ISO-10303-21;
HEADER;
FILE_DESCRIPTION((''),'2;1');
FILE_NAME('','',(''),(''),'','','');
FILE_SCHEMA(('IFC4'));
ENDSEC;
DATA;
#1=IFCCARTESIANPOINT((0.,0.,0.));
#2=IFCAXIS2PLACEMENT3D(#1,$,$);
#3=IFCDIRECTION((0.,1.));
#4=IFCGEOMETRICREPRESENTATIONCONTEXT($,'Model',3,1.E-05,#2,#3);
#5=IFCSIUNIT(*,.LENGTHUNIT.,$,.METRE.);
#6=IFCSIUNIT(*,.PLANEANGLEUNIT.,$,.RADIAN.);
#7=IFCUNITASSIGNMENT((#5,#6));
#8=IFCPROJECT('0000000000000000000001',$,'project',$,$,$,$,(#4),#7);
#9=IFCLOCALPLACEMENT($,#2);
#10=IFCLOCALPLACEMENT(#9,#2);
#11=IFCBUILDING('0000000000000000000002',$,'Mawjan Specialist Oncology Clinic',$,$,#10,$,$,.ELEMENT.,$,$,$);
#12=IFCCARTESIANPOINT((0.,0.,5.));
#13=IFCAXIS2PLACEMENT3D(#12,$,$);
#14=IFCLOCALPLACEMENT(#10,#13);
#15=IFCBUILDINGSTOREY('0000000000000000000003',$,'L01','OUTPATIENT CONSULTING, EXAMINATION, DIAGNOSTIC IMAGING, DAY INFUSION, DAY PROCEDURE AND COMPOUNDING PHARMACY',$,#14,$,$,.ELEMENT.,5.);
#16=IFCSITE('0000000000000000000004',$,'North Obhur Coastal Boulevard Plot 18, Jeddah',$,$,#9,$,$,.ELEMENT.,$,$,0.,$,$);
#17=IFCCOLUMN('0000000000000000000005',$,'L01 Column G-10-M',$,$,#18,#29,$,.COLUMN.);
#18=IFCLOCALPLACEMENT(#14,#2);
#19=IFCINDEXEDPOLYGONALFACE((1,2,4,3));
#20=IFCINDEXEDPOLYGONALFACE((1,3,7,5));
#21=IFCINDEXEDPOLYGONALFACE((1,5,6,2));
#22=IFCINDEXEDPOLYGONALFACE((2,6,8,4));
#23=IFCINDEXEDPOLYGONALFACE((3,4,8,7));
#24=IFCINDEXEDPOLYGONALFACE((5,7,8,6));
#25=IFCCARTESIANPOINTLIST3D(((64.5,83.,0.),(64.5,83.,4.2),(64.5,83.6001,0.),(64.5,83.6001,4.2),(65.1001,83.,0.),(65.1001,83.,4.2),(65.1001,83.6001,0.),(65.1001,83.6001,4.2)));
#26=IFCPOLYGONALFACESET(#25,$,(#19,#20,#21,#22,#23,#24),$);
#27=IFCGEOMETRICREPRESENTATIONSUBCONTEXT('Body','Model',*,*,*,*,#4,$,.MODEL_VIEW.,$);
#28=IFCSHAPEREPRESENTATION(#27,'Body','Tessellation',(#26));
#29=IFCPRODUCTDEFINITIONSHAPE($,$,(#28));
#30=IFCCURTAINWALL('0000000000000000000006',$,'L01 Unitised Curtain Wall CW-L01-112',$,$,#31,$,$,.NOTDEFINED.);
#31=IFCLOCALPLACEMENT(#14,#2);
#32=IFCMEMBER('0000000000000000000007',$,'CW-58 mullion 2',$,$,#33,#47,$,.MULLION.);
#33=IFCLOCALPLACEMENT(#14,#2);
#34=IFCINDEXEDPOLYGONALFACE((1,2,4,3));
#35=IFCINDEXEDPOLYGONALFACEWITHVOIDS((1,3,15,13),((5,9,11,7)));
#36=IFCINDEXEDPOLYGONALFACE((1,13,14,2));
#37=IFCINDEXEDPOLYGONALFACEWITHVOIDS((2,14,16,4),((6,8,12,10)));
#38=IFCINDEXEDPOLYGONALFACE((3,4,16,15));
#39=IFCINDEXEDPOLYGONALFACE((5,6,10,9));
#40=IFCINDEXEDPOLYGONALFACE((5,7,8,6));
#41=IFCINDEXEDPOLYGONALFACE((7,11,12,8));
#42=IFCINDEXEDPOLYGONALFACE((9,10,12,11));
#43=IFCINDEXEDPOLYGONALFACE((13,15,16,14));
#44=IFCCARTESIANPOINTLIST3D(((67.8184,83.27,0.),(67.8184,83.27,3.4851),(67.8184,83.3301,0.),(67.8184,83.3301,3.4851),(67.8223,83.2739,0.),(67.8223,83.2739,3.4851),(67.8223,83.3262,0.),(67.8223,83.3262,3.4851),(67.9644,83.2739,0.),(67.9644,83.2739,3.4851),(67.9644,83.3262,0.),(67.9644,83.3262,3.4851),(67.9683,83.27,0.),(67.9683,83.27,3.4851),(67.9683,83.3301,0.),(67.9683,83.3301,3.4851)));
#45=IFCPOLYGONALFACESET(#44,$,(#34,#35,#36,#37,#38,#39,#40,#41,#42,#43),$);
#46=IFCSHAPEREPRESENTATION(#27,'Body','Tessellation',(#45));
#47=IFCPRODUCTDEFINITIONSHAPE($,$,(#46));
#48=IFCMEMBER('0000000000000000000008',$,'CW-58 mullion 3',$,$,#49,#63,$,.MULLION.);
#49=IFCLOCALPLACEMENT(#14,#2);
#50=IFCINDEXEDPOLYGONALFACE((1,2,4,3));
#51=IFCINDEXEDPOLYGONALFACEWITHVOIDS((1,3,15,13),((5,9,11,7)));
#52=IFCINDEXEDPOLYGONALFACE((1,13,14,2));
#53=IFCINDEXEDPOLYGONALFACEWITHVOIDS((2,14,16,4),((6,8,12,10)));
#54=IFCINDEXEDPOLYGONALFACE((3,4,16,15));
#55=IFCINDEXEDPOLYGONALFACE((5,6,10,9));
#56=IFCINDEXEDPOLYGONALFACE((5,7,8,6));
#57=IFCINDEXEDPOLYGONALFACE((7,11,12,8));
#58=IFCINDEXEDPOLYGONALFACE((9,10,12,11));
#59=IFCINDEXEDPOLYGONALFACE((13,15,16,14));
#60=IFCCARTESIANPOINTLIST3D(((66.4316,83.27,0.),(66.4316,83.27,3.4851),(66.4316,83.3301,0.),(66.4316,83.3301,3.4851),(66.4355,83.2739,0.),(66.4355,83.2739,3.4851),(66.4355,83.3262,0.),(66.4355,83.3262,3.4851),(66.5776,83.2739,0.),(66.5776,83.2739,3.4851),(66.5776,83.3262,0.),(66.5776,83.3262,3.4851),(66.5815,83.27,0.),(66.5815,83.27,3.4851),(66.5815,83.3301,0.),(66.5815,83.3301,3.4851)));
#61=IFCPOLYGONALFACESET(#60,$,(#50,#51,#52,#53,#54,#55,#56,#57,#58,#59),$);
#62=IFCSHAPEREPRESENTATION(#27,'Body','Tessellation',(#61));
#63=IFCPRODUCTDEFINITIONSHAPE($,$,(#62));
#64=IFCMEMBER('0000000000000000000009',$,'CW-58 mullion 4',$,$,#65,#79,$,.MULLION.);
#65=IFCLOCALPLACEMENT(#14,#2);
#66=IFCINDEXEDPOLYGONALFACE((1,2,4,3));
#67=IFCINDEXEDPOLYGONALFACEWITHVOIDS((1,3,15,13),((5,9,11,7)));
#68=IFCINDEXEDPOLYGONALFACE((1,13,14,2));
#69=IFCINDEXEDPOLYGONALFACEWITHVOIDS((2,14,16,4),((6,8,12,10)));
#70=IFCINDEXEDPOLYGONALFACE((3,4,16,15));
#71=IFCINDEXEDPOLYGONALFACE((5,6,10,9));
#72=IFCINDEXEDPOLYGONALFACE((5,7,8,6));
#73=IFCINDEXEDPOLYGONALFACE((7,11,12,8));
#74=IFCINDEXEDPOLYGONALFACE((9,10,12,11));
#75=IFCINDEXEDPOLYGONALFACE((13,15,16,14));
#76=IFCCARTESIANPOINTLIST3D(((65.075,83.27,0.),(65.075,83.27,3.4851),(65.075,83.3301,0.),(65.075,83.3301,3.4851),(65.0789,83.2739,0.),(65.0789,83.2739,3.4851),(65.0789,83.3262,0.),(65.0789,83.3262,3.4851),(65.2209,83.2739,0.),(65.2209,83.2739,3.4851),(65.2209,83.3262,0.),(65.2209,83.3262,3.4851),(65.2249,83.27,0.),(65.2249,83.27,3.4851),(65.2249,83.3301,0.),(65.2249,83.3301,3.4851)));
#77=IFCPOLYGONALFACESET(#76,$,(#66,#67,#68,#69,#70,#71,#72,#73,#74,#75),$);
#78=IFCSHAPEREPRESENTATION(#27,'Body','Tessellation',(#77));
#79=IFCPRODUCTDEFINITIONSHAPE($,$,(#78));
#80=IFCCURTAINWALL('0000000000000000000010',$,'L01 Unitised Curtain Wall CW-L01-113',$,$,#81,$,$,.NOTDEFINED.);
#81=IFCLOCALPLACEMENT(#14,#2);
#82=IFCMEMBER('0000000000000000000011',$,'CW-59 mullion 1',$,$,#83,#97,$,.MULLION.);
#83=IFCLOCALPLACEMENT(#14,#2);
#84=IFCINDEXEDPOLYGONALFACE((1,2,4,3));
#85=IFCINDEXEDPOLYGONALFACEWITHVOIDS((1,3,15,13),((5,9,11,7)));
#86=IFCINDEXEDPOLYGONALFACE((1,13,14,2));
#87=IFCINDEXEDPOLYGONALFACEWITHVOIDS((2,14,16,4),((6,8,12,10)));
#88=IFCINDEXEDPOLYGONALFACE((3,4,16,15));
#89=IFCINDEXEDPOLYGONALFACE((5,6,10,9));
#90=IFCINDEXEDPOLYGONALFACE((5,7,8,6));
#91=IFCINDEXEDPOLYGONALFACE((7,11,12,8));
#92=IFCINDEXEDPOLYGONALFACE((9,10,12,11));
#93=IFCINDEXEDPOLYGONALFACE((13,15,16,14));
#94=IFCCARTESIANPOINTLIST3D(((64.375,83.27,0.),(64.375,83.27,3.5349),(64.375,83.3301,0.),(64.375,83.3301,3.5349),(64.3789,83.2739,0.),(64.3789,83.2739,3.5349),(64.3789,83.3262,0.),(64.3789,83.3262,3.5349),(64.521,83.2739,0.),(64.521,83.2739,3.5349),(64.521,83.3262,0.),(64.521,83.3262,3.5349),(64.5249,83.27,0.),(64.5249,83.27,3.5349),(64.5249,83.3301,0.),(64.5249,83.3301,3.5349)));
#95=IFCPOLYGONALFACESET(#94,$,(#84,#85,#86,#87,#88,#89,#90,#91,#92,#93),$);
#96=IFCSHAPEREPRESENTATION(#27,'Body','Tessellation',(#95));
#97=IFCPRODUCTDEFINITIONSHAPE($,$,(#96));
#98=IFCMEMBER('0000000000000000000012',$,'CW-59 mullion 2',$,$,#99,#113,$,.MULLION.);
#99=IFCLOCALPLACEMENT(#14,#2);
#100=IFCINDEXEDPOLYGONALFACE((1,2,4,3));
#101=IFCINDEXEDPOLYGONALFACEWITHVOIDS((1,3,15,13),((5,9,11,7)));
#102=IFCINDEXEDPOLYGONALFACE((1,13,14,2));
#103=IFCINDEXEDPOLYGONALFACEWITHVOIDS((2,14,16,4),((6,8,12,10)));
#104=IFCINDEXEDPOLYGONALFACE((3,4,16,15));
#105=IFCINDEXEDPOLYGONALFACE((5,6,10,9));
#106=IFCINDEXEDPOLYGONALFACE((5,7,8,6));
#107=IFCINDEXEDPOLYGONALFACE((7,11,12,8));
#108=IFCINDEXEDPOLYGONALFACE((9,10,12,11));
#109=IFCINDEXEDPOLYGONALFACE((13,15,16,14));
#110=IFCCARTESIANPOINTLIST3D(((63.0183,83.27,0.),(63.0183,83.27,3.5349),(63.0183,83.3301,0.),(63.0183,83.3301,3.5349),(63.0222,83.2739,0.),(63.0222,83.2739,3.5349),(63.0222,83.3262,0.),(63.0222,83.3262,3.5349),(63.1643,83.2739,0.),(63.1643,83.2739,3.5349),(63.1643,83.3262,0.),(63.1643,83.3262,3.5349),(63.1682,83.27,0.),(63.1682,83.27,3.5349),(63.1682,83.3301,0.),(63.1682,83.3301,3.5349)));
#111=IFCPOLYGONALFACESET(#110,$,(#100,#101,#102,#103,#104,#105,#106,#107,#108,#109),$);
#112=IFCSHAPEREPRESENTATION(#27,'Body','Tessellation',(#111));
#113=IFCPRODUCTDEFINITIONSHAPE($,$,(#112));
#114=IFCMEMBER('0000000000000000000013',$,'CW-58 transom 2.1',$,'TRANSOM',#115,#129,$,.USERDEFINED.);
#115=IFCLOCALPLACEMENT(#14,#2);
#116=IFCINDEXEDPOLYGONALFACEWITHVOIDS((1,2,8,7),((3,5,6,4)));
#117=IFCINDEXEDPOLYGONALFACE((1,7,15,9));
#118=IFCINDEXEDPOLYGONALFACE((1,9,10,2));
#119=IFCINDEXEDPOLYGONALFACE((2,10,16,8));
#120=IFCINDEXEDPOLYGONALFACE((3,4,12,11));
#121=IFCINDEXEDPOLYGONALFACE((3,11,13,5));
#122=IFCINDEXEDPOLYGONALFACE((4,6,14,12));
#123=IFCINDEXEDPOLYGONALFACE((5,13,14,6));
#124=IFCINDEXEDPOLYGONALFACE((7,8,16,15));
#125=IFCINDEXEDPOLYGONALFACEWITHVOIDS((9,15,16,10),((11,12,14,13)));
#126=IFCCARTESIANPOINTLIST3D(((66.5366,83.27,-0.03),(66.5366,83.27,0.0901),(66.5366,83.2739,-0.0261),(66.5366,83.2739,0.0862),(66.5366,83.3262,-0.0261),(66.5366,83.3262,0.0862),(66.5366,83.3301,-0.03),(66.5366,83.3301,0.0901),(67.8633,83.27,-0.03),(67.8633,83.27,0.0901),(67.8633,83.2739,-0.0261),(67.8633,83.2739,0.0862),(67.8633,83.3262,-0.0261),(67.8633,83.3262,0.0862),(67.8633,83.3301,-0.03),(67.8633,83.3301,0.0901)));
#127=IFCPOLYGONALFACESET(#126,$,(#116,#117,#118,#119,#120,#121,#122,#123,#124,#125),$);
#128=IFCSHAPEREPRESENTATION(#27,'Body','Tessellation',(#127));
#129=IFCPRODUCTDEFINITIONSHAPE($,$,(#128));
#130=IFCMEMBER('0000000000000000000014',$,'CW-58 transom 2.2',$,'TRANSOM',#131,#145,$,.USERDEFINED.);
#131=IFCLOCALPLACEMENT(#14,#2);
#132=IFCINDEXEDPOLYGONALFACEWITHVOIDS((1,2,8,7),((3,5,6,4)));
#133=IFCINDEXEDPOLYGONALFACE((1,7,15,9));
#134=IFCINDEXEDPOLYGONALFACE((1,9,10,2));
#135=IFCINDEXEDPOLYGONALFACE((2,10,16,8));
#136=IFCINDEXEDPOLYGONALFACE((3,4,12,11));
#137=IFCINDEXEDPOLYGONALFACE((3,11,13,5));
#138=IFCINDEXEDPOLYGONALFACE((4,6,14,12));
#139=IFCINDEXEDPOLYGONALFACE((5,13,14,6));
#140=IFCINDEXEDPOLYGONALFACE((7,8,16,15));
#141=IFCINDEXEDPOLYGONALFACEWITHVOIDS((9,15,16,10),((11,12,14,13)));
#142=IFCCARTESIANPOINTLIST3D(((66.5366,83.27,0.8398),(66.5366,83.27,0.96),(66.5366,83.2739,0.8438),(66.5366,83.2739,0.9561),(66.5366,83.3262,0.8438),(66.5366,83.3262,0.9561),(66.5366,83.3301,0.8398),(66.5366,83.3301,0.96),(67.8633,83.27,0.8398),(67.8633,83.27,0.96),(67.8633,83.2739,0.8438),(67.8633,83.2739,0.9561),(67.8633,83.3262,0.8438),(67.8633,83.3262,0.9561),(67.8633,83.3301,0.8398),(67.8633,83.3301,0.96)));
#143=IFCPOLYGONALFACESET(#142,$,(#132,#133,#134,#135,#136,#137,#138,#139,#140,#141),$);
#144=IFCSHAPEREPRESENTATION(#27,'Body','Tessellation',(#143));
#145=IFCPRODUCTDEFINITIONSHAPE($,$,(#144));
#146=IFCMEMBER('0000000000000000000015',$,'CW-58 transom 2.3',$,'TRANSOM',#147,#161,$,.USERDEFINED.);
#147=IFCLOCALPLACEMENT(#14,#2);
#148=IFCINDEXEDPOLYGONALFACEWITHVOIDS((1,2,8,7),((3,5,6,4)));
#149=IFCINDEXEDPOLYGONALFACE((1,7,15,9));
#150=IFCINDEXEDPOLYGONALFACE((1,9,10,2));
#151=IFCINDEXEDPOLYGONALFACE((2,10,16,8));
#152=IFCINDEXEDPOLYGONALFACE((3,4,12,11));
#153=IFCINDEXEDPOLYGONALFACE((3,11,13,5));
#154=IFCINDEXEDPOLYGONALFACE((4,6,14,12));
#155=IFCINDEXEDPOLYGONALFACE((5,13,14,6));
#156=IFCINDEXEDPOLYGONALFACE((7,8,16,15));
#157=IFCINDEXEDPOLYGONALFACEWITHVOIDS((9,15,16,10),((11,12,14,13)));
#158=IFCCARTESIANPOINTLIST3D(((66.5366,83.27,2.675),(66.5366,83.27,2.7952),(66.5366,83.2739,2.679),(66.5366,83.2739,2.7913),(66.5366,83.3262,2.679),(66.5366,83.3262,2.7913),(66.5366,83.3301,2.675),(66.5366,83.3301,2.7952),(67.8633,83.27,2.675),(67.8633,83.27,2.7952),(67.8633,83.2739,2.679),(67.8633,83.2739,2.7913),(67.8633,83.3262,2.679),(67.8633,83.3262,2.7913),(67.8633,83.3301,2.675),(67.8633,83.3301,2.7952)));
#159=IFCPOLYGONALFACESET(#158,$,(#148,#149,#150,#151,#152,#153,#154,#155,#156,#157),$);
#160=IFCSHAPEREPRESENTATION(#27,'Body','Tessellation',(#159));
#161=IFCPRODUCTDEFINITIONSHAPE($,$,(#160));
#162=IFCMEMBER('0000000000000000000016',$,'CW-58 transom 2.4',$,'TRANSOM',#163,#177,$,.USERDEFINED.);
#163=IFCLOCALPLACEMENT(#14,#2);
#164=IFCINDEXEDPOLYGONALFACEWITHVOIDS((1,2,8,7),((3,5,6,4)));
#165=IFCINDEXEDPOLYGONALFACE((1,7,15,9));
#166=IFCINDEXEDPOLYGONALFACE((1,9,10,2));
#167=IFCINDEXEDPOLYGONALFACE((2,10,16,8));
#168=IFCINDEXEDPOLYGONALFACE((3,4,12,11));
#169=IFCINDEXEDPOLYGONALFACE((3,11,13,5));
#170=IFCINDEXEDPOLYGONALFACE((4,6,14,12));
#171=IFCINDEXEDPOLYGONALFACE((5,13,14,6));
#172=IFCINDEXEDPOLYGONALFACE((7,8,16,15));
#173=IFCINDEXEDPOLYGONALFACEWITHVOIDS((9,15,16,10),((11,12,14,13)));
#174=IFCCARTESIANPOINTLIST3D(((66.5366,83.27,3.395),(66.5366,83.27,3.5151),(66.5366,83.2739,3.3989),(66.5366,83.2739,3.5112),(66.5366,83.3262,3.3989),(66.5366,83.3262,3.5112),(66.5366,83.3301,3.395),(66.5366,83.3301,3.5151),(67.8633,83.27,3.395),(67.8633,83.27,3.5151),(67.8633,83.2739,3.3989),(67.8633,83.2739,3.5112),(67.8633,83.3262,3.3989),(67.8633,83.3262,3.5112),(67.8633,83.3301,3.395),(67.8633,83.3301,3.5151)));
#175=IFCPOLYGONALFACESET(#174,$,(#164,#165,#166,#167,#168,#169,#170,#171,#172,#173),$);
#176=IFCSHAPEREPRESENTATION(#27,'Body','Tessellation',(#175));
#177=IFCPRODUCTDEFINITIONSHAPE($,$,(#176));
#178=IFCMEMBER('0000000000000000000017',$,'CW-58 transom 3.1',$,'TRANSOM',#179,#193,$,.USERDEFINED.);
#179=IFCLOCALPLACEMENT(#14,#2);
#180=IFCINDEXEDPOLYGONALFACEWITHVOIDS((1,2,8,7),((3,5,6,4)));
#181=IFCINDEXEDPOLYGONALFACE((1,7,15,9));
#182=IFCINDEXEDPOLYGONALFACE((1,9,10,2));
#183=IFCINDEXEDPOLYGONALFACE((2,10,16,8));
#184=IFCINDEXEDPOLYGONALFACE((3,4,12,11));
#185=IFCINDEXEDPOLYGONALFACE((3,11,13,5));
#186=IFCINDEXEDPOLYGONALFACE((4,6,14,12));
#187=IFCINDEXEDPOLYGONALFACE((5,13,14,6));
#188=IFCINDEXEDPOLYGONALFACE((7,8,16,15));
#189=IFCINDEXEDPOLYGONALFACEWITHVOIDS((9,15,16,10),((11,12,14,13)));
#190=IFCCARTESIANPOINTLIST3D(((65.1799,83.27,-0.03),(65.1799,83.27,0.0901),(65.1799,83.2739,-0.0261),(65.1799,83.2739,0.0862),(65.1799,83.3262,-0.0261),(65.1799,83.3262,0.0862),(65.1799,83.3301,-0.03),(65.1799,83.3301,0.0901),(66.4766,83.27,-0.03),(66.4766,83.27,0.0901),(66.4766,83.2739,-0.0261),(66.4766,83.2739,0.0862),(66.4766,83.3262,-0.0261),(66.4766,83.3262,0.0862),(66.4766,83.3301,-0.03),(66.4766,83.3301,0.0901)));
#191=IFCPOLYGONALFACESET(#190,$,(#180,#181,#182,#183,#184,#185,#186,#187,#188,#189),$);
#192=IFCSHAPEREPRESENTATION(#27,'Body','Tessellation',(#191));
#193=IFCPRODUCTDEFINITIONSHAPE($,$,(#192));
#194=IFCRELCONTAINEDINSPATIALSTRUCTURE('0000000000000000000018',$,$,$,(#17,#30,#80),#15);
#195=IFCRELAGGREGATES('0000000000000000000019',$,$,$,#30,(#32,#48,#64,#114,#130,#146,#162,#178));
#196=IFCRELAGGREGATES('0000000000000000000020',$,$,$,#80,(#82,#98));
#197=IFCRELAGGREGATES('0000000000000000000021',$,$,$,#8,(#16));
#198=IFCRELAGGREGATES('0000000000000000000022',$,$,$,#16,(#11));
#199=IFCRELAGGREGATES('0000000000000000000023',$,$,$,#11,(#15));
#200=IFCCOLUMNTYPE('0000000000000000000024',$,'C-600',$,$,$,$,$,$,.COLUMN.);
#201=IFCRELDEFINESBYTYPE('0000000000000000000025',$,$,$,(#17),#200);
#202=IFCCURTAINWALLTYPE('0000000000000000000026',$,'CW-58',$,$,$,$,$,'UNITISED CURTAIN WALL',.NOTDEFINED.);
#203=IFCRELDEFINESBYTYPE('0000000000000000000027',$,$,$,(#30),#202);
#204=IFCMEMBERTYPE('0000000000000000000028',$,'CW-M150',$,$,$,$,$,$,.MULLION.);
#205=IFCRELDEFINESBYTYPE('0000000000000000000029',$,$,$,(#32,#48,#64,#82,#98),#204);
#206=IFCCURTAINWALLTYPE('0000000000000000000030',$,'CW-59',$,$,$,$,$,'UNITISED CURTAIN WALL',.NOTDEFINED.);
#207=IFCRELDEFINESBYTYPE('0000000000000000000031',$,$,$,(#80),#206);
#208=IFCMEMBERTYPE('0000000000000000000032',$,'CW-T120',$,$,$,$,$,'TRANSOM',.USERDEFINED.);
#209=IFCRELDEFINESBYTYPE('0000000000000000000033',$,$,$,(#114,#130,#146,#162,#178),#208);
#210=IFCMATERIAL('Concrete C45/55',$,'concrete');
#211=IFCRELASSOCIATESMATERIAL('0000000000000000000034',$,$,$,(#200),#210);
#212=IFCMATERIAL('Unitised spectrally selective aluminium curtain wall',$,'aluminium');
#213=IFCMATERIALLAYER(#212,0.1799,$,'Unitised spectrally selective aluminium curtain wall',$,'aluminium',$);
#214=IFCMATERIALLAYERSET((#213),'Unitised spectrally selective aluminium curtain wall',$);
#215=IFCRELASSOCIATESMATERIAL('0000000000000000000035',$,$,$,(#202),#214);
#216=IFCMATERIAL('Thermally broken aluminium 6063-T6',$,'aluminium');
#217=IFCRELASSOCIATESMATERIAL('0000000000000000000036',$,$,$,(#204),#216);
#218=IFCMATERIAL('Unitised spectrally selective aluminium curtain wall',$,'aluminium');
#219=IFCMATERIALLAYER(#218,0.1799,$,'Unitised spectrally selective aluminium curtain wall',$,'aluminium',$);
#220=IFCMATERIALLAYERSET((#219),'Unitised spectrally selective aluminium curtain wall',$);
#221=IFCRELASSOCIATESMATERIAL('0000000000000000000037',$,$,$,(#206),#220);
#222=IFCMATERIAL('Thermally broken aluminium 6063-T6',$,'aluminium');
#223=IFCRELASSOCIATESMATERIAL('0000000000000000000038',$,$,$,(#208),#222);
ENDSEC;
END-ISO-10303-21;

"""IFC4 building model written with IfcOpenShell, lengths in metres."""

from ifc_helpers import new_model, si_unit, direction, frame, origin, origin_2d, place, context, subcontext, project, spatial, rectangle, hollow_rectangle, extrude, material, layer, layer_set, material_profile, profile_set, type_object, element, aggregate, save


model = new_model("IFC4")

# Units and contexts
model_context = context("Model", 3, precision=1e-05, world=origin(), true_north=direction((0.0, 1.0)))
body_context = subcontext(model_context, "Body", "Model", "MODEL_VIEW")
ifc_project = project(units=[si_unit("LENGTHUNIT", "METRE"), si_unit("PLANEANGLEUNIT", "RADIAN")], contexts=[model_context])

# Site, building, storey
site_placement = place(None, origin())
site = spatial("IfcSite", under=ifc_project, at=site_placement, Name="North Obhur Coastal Boulevard Plot 18, Jeddah", CompositionType="ELEMENT", RefElevation=0.0)
building_placement = place(site_placement, origin())
building = spatial("IfcBuilding", under=site, at=building_placement, Name="Mawjan Specialist Oncology Clinic", CompositionType="ELEMENT")
storey_placement = place(building_placement, frame((0.0, 0.0, 5.0)))
storey = spatial("IfcBuildingStorey", under=building, at=storey_placement, Name="L01", Description="OUTPATIENT CONSULTING, EXAMINATION, DIAGNOSTIC IMAGING, DAY INFUSION, DAY PROCEDURE AND COMPOUNDING PHARMACY", CompositionType="ELEMENT", Elevation=5.0)

# Column
ifc_material_1 = material(Name="Concrete C45/55", Category="concrete")
ifc_material_profile_1 = material_profile(ifc_material_1, rectangle(XDim=0.6001, YDim=0.6001, at=origin_2d()), Name="RC COL 600x600", Category="concrete")
ifc_profile_set_1 = profile_set([ifc_material_profile_1], Name="Concrete C45/55")
column_type = type_object("IfcColumnType", Name="C-600", PredefinedType="COLUMN", material=ifc_profile_set_1)
column_placement = place(storey_placement, frame((64.8, 83.3, 0.0), z_axis=(0.0, 0.0, 1.0), x_axis=(1.0, 0.0, 0.0)))
element("IfcColumn", 1, at=column_placement, inside=storey, type_object=column_type, Name="L01 Column G-10-M", PredefinedType="COLUMN", context=body_context, shape_type="SweptSolid", body=[
    extrude(rectangle(XDim=0.6001, YDim=0.6001, at=origin_2d()), origin(), (0.0, 0.0, 1.0), 4.2),
])

# Curtain walls, members
ifc_material_2 = material(Name="Unitised spectrally selective aluminium curtain wall", Category="aluminium")
ifc_layer_1 = layer(ifc_material_2, 0.1799, Name="Unitised spectrally selective aluminium curtain wall", Category="aluminium")
ifc_layer_set_1 = layer_set([ifc_layer_1], Name="Unitised spectrally selective aluminium curtain wall")
curtain_wall_type_1 = type_object("IfcCurtainWallType", Name="CW-58", ElementType="UNITISED CURTAIN WALL", PredefinedType="NOTDEFINED", material=ifc_layer_set_1)
curtain_wall_1_placement = place(storey_placement, origin())
curtain_wall_1 = element("IfcCurtainWall", 2, at=curtain_wall_1_placement, inside=storey, type_object=curtain_wall_type_1, Name="L01 Unitised Curtain Wall CW-L01-112", PredefinedType="NOTDEFINED")
ifc_material_3 = material(Name="Thermally broken aluminium 6063-T6", Category="aluminium")
ifc_material_profile_2 = material_profile(ifc_material_3, hollow_rectangle(XDim=0.0601, YDim=0.1499, WallThickness=0.0039, at=origin_2d()), Name="ALU MULLION 150x60x4", Category="aluminium")
ifc_profile_set_2 = profile_set([ifc_material_profile_2], Name="Thermally broken aluminium 6063-T6")
member_type_1 = type_object("IfcMemberType", Name="CW-M150", PredefinedType="MULLION", material=ifc_profile_set_2)
member_1_placement = place(storey_placement, frame((67.8933, 83.3, 0.0), z_axis=(0.0, 0.0, 1.0), x_axis=(0.0, -1.0, 0.0)))
member_1 = element("IfcMember", 3, at=member_1_placement, type_object=member_type_1, Name="CW-58 mullion 2", PredefinedType="MULLION", context=body_context, shape_type="SweptSolid", body=[
    extrude(hollow_rectangle(XDim=0.0601, YDim=0.1499, WallThickness=0.0039, at=origin_2d()), origin(), (0.0, 0.0, 1.0), 3.4851),
])
member_2_placement = place(storey_placement, frame((66.5066, 83.3, 0.0), z_axis=(0.0, 0.0, 1.0), x_axis=(0.0, -1.0, 0.0)))
member_2 = element("IfcMember", 4, at=member_2_placement, type_object=member_type_1, Name="CW-58 mullion 3", PredefinedType="MULLION", context=body_context, shape_type="SweptSolid", body=[
    extrude(hollow_rectangle(XDim=0.0601, YDim=0.1499, WallThickness=0.0039, at=origin_2d()), origin(), (0.0, 0.0, 1.0), 3.4851),
])
member_3_placement = place(storey_placement, frame((65.1499, 83.3, 0.0), z_axis=(0.0, 0.0, 1.0), x_axis=(0.0, -1.0, 0.0)))
member_3 = element("IfcMember", 5, at=member_3_placement, type_object=member_type_1, Name="CW-58 mullion 4", PredefinedType="MULLION", context=body_context, shape_type="SweptSolid", body=[
    extrude(hollow_rectangle(XDim=0.0601, YDim=0.1499, WallThickness=0.0039, at=origin_2d()), origin(), (0.0, 0.0, 1.0), 3.4851),
])
ifc_material_4 = material(Name="Unitised spectrally selective aluminium curtain wall", Category="aluminium")
ifc_layer_2 = layer(ifc_material_4, 0.1799, Name="Unitised spectrally selective aluminium curtain wall", Category="aluminium")
ifc_layer_set_2 = layer_set([ifc_layer_2], Name="Unitised spectrally selective aluminium curtain wall")
curtain_wall_type_2 = type_object("IfcCurtainWallType", Name="CW-59", ElementType="UNITISED CURTAIN WALL", PredefinedType="NOTDEFINED", material=ifc_layer_set_2)
curtain_wall_2_placement = place(storey_placement, origin())
curtain_wall_2 = element("IfcCurtainWall", 6, at=curtain_wall_2_placement, inside=storey, type_object=curtain_wall_type_2, Name="L01 Unitised Curtain Wall CW-L01-113", PredefinedType="NOTDEFINED")
member_4_placement = place(storey_placement, frame((64.45, 83.3, 0.0), z_axis=(0.0, 0.0, 1.0), x_axis=(0.0, -1.0, 0.0)))
member_4 = element("IfcMember", 7, at=member_4_placement, type_object=member_type_1, Name="CW-59 mullion 1", PredefinedType="MULLION", context=body_context, shape_type="SweptSolid", body=[
    extrude(hollow_rectangle(XDim=0.0601, YDim=0.1499, WallThickness=0.0039, at=origin_2d()), origin(), (0.0, 0.0, 1.0), 3.5349),
])
member_5_placement = place(storey_placement, frame((63.0933, 83.3, 0.0), z_axis=(0.0, 0.0, 1.0), x_axis=(0.0, -1.0, 0.0)))
member_5 = element("IfcMember", 8, at=member_5_placement, type_object=member_type_1, Name="CW-59 mullion 2", PredefinedType="MULLION", context=body_context, shape_type="SweptSolid", body=[
    extrude(hollow_rectangle(XDim=0.0601, YDim=0.1499, WallThickness=0.0039, at=origin_2d()), origin(), (0.0, 0.0, 1.0), 3.5349),
])

# Members
ifc_material_5 = material(Name="Thermally broken aluminium 6063-T6", Category="aluminium")
ifc_material_profile_3 = material_profile(ifc_material_5, hollow_rectangle(XDim=0.0601, YDim=0.1201, WallThickness=0.0039, at=origin_2d()), Name="ALU TRANSOM 120x60x4", Category="aluminium")
ifc_profile_set_3 = profile_set([ifc_material_profile_3], Name="Thermally broken aluminium 6063-T6")
member_type_2 = type_object("IfcMemberType", Name="CW-T120", ElementType="TRANSOM", PredefinedType="USERDEFINED", material=ifc_profile_set_3)
member_6_placement = place(storey_placement, frame((67.8633, 83.3, 0.03), z_axis=(-1.0, 0.0, 0.0), x_axis=(0.0, -1.0, 0.0)))
member_6 = element("IfcMember", 9, at=member_6_placement, type_object=member_type_2, Name="CW-58 transom 2.1", ObjectType="TRANSOM", PredefinedType="USERDEFINED", context=body_context, shape_type="SweptSolid", body=[
    extrude(hollow_rectangle(XDim=0.0601, YDim=0.1201, WallThickness=0.0039, at=origin_2d()), origin(), (0.0, 0.0, 1.0), 1.3267),
])
member_7_placement = place(storey_placement, frame((67.8633, 83.3, 0.8999), z_axis=(-1.0, 0.0, 0.0), x_axis=(0.0, -1.0, 0.0)))
member_7 = element("IfcMember", 10, at=member_7_placement, type_object=member_type_2, Name="CW-58 transom 2.2", ObjectType="TRANSOM", PredefinedType="USERDEFINED", context=body_context, shape_type="SweptSolid", body=[
    extrude(hollow_rectangle(XDim=0.0601, YDim=0.1201, WallThickness=0.0039, at=origin_2d()), origin(), (0.0, 0.0, 1.0), 1.3267),
])
member_8_placement = place(storey_placement, frame((67.8633, 83.3, 2.7351), z_axis=(-1.0, 0.0, 0.0), x_axis=(0.0, -1.0, 0.0)))
member_8 = element("IfcMember", 11, at=member_8_placement, type_object=member_type_2, Name="CW-58 transom 2.3", ObjectType="TRANSOM", PredefinedType="USERDEFINED", context=body_context, shape_type="SweptSolid", body=[
    extrude(hollow_rectangle(XDim=0.0601, YDim=0.1201, WallThickness=0.0039, at=origin_2d()), origin(), (0.0, 0.0, 1.0), 1.3267),
])
member_9_placement = place(storey_placement, frame((67.8633, 83.3, 3.4551), z_axis=(-1.0, 0.0, 0.0), x_axis=(0.0, -1.0, 0.0)))
member_9 = element("IfcMember", 12, at=member_9_placement, type_object=member_type_2, Name="CW-58 transom 2.4", ObjectType="TRANSOM", PredefinedType="USERDEFINED", context=body_context, shape_type="SweptSolid", body=[
    extrude(hollow_rectangle(XDim=0.0601, YDim=0.1201, WallThickness=0.0039, at=origin_2d()), origin(), (0.0, 0.0, 1.0), 1.3267),
])
member_10_placement = place(storey_placement, frame((66.4766, 83.3, 0.03), z_axis=(-1.0, 0.0, 0.0), x_axis=(0.0, -1.0, 0.0)))
member_10 = element("IfcMember", 13, at=member_10_placement, type_object=member_type_2, Name="CW-58 transom 3.1", ObjectType="TRANSOM", PredefinedType="USERDEFINED", context=body_context, shape_type="SweptSolid", body=[
    extrude(hollow_rectangle(XDim=0.0601, YDim=0.1201, WallThickness=0.0039, at=origin_2d()), origin(), (0.0, 0.0, 1.0), 1.2966),
])

aggregate(curtain_wall_1, [member_1, member_2, member_3, member_6, member_7, member_8, member_9, member_10])
aggregate(curtain_wall_2, [member_4, member_5])

save(model, "model.ifc")
